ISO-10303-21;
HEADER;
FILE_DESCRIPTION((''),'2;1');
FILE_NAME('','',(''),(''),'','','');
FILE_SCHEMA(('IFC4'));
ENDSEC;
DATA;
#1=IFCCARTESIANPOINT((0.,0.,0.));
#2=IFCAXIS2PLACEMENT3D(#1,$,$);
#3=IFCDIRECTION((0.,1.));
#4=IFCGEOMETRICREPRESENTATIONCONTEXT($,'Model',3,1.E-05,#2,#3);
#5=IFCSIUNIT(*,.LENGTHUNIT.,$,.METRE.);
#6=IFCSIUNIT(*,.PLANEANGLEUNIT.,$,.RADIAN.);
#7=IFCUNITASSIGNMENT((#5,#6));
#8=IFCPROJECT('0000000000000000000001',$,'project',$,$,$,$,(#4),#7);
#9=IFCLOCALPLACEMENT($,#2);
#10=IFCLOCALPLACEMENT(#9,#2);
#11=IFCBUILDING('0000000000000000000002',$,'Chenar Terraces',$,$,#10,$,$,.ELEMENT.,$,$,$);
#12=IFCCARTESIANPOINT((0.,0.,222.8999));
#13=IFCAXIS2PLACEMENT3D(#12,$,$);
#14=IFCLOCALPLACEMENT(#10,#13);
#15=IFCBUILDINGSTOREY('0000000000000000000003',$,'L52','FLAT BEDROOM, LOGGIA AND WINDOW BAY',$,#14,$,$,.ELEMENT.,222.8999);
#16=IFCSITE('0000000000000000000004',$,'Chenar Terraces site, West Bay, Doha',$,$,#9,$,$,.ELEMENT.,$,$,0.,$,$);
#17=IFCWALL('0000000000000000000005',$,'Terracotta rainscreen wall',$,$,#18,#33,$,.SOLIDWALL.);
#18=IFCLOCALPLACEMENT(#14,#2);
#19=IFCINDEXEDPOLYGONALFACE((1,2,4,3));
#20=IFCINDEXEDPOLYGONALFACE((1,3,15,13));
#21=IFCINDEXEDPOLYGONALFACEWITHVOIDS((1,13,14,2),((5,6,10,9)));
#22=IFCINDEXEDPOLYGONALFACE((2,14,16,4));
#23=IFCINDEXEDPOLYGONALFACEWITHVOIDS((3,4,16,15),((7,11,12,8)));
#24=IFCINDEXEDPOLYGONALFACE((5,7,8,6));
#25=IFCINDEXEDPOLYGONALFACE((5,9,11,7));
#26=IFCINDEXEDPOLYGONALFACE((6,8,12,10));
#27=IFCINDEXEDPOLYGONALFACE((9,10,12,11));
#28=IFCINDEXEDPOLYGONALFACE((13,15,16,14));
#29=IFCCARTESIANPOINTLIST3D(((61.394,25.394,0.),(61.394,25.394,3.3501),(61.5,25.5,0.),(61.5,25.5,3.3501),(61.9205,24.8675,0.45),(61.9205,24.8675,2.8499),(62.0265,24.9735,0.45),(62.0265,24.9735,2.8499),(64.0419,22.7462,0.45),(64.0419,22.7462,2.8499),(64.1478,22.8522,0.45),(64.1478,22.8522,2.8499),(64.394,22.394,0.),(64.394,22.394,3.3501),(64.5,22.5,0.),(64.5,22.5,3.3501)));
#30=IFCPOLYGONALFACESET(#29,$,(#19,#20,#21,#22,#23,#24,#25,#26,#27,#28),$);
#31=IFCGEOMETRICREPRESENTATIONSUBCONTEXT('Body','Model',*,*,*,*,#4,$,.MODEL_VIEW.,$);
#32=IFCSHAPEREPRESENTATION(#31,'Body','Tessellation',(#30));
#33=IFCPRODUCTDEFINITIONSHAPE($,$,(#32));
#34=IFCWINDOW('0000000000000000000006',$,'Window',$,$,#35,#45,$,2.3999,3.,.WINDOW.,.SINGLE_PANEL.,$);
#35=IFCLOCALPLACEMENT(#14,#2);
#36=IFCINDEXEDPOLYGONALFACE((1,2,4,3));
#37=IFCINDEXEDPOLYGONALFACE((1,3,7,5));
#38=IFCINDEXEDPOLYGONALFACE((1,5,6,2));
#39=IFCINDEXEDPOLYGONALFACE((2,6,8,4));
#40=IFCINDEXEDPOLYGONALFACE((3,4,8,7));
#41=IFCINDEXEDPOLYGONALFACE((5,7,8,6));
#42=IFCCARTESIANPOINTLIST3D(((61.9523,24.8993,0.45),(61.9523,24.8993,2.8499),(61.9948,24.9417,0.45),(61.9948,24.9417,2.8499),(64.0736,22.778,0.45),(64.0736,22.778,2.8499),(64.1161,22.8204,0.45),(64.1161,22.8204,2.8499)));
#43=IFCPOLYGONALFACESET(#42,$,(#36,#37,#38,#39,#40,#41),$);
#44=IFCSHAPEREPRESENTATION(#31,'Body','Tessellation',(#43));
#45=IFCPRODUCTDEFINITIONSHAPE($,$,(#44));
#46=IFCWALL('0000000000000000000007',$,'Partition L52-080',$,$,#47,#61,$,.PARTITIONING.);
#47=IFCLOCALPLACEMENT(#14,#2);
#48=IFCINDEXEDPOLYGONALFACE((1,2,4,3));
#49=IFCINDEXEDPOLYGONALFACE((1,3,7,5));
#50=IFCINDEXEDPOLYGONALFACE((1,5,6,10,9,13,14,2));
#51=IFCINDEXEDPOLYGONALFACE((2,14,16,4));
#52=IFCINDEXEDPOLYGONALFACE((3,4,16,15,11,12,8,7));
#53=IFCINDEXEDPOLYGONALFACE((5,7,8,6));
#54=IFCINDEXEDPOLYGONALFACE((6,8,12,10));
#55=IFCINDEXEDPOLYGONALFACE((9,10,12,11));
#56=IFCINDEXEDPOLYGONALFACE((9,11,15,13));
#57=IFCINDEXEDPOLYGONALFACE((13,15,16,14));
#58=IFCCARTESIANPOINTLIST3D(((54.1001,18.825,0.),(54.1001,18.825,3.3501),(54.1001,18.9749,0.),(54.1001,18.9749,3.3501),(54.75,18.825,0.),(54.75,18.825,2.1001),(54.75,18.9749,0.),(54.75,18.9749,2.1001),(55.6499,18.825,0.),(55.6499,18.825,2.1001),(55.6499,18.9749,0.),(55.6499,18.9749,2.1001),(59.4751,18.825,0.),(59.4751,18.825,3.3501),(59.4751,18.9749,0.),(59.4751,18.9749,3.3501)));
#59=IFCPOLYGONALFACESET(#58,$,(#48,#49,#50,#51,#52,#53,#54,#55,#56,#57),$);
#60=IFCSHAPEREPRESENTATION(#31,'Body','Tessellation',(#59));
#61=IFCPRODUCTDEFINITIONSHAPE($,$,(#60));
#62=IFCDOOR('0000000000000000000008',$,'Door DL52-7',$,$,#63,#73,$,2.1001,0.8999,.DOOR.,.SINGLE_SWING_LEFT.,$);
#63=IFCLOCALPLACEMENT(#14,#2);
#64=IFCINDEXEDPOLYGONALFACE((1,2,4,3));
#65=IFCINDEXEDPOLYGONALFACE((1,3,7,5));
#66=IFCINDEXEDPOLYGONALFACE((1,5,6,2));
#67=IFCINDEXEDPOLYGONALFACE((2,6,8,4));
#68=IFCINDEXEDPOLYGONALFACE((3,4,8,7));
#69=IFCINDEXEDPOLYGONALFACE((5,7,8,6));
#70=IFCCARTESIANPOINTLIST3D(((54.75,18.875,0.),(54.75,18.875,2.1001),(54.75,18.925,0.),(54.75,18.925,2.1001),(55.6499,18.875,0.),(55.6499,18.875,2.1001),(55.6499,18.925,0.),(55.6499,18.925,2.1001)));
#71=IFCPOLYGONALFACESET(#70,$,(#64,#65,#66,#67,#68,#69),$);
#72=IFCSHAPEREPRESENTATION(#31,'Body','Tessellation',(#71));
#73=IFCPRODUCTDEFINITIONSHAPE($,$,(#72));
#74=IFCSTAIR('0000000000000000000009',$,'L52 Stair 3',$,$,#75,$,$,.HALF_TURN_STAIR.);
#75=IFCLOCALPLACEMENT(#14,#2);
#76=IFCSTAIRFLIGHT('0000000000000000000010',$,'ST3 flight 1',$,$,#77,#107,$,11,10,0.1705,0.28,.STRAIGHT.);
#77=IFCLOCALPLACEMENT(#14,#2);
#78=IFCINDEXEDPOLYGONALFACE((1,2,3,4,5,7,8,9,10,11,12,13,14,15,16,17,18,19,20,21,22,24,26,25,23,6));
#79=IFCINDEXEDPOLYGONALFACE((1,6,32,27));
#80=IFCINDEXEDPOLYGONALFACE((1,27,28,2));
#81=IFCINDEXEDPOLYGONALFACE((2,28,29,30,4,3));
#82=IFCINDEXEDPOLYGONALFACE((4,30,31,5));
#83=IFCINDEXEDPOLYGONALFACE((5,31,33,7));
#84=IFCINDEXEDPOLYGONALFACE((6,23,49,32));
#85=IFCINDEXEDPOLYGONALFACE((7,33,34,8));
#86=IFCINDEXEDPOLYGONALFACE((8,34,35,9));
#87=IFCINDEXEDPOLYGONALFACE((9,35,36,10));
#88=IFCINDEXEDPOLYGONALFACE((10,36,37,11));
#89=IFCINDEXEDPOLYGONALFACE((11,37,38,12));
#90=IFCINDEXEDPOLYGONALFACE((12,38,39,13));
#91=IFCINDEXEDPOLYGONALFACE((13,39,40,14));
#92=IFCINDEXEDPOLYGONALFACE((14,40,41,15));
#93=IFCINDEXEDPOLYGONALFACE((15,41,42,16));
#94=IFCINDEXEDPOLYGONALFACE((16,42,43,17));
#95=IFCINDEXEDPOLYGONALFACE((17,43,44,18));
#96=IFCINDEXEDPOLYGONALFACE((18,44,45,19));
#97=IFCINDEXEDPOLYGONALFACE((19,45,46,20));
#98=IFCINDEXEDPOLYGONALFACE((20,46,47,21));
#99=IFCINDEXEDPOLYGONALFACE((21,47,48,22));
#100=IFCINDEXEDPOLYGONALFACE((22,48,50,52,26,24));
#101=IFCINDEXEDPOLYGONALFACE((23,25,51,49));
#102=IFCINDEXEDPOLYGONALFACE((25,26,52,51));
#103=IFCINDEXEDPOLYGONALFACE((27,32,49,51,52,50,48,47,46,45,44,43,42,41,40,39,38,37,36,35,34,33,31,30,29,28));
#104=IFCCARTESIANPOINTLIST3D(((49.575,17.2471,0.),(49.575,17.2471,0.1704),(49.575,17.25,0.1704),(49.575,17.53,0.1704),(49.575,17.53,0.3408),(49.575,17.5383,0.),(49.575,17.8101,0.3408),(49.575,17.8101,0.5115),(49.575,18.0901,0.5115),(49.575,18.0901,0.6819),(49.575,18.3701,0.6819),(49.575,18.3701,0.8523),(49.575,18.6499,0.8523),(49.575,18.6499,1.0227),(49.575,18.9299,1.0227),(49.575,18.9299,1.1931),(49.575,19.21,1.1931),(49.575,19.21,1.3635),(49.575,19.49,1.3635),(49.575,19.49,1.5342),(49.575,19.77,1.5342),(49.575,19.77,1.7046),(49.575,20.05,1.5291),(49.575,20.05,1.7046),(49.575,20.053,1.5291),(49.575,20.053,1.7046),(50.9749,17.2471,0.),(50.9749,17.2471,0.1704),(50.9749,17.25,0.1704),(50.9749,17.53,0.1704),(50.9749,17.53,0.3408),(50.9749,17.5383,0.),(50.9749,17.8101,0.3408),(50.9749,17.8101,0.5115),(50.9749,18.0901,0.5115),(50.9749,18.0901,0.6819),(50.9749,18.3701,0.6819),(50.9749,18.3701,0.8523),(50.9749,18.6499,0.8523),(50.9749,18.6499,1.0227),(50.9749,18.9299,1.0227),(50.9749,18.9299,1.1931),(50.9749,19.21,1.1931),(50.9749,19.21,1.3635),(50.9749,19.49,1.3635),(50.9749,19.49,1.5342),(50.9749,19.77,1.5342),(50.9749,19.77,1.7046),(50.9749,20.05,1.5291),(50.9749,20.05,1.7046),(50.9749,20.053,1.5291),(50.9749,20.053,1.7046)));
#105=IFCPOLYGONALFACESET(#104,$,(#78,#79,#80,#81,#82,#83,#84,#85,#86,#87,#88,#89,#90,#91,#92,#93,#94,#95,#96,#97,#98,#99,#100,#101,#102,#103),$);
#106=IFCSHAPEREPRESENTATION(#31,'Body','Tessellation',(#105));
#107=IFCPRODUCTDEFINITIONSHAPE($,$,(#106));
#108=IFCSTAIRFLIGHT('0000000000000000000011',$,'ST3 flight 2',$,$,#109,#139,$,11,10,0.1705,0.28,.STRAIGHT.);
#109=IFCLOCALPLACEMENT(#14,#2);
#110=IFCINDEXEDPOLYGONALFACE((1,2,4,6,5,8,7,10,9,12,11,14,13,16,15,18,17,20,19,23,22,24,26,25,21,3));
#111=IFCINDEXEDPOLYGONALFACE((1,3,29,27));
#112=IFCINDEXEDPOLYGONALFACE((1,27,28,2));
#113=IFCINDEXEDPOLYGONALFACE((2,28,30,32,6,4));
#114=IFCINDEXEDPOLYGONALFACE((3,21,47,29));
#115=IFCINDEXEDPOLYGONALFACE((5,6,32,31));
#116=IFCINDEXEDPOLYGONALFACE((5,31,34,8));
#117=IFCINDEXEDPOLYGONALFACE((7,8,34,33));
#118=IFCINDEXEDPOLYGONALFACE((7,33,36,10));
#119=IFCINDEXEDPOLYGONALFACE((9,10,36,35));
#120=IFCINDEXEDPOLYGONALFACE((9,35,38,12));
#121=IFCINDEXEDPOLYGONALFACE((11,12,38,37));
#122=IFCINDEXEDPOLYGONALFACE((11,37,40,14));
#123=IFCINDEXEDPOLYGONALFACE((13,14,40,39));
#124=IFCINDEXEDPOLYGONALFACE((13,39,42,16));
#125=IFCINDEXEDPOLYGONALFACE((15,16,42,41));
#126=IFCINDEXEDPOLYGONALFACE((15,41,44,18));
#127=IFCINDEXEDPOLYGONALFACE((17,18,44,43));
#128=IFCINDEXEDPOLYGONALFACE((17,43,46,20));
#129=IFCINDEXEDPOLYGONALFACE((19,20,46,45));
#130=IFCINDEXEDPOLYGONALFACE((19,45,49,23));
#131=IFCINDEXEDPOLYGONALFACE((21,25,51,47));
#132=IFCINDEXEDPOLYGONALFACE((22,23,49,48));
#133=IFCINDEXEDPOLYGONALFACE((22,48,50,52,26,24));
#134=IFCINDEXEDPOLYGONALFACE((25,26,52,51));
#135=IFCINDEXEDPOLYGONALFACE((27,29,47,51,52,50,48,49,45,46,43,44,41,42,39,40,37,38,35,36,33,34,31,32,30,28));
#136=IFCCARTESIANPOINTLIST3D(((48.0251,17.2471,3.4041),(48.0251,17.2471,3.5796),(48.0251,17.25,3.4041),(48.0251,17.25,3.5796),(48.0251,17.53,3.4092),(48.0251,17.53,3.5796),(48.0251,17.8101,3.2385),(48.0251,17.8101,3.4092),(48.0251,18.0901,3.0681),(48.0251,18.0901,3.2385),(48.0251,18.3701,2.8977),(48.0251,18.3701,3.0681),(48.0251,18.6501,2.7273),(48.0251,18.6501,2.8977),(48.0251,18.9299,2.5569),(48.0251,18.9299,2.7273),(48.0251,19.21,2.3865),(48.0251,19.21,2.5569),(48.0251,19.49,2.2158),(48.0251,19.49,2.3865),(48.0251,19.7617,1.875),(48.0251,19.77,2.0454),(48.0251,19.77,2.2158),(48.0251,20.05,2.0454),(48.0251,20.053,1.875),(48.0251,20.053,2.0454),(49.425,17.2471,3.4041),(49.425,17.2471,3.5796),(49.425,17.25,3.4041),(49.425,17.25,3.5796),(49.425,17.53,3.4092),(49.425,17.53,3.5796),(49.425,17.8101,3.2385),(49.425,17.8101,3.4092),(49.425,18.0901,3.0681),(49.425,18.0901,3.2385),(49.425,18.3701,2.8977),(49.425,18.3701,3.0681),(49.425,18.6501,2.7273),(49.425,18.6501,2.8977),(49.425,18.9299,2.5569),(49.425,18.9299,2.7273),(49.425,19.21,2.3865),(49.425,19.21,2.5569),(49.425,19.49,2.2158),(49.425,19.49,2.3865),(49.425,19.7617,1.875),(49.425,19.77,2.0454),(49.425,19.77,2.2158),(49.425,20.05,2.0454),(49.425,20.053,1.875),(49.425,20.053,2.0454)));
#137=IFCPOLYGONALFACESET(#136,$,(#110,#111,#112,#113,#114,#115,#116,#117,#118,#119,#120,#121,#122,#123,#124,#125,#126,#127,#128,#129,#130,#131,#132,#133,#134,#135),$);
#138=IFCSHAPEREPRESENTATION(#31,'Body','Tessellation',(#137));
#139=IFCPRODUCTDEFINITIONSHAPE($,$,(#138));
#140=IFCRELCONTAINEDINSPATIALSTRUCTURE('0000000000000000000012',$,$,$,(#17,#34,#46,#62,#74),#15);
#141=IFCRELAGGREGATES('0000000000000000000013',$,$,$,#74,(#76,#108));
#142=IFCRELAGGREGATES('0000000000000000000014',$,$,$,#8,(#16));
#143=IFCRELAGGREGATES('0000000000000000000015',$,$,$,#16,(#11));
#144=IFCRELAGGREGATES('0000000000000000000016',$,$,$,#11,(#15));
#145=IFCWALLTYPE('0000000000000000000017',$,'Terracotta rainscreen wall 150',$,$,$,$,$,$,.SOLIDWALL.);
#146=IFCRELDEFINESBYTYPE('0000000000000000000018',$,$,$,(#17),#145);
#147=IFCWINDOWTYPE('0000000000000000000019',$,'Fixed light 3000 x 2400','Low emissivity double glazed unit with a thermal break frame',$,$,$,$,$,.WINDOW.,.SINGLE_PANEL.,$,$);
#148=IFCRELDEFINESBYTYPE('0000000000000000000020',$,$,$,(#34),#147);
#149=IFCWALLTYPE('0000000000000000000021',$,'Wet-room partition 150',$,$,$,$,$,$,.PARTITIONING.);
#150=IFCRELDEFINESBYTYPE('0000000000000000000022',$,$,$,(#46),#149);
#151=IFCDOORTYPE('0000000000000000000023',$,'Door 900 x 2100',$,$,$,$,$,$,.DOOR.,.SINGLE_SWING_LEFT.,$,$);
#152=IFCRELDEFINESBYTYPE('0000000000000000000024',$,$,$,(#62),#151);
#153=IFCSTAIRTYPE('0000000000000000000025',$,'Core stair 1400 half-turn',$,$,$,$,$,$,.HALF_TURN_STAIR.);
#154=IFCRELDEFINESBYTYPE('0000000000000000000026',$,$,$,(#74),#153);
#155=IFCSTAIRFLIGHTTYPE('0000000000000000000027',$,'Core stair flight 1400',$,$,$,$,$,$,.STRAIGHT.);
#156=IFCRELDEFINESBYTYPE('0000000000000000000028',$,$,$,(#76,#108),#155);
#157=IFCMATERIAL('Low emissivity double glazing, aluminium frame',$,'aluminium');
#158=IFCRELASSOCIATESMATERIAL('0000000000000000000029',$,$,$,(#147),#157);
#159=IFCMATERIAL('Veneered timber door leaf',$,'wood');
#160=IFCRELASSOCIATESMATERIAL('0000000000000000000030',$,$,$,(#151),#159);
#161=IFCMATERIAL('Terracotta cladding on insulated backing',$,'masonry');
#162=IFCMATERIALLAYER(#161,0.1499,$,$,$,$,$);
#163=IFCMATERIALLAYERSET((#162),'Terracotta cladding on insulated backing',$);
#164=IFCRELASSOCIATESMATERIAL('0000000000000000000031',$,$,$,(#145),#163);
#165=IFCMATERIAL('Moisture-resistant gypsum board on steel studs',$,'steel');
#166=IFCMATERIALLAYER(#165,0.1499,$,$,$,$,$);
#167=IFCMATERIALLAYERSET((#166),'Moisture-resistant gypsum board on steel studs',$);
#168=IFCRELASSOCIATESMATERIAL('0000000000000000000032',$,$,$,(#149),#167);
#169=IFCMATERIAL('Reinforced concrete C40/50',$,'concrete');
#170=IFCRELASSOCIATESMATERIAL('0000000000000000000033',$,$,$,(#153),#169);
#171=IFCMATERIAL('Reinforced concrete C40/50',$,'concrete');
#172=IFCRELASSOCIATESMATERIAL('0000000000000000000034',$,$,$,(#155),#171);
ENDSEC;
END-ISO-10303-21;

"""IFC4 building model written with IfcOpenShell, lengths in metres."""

from ifc_helpers import new_model, si_unit, direction, frame, frame_2d, origin, place, context, subcontext, project, spatial, polyline, rectangle, outline, extrude, material, layer, layer_set, type_object, element, fill, aggregate, save


model = new_model("IFC4")

# Units and contexts
model_context = context("Model", 3, precision=1e-05, world=origin(), true_north=direction((0.0, 1.0)))
body_context = subcontext(model_context, "Body", "Model", "MODEL_VIEW")
ifc_project = project(units=[si_unit("LENGTHUNIT", "METRE"), si_unit("PLANEANGLEUNIT", "RADIAN")], contexts=[model_context])

# Site, building, storey
site_placement = place(None, origin())
site = spatial("IfcSite", under=ifc_project, at=site_placement, Name="Chenar Terraces site, West Bay, Doha", CompositionType="ELEMENT", RefElevation=0.0)
building_placement = place(site_placement, origin())
building = spatial("IfcBuilding", under=site, at=building_placement, Name="Chenar Terraces", CompositionType="ELEMENT")
storey_placement = place(building_placement, frame((0.0, 0.0, 222.8999)))
storey = spatial("IfcBuildingStorey", under=building, at=storey_placement, Name="L52", Description="FLAT BEDROOM, LOGGIA AND WINDOW BAY", CompositionType="ELEMENT", Elevation=222.8999)

# Shared definitions
ifc_material_1 = material(Name="Low emissivity double glazing, aluminium frame", Category="aluminium")
window_type_1 = type_object("IfcWindowType", Name="Fixed light 3000 x 2400", Description="Low emissivity double glazed unit with a thermal break frame", PartitioningType="SINGLE_PANEL", PredefinedType="WINDOW", material=ifc_material_1)

# Shared definitions
ifc_material_2 = material(Name="Veneered timber door leaf", Category="wood")
door_type_1 = type_object("IfcDoorType", Name="Door 900 x 2100", OperationType="SINGLE_SWING_LEFT", PredefinedType="DOOR", material=ifc_material_2)

# Wall, opening, window
ifc_material_3 = material(Name="Terracotta cladding on insulated backing", Category="masonry")
ifc_layer_1 = layer(ifc_material_3, 0.1499)
ifc_layer_set_1 = layer_set([ifc_layer_1], Name="Terracotta cladding on insulated backing")
wall_type_1 = type_object("IfcWallType", Name="Terracotta rainscreen wall 150", PredefinedType="SOLIDWALL", material=ifc_layer_set_1)
wall_1_placement = place(storey_placement, frame((64.447, 22.447, 0.0), z_axis=(0.0, 0.0, 1.0), x_axis=(-0.707107, 0.707107, 0.0)))
wall_1 = element("IfcWall", 1, at=wall_1_placement, inside=storey, type_object=wall_type_1, Name="Terracotta rainscreen wall", PredefinedType="SOLIDWALL", context=body_context, shape_type="SweptSolid", body=[
    extrude(rectangle(XDim=4.2427, YDim=0.1499, at=frame_2d((2.1213, 0.0))), origin(), (0.0, 0.0, 1.0), 3.3501),
])
opening_1_placement = place(wall_1_placement, frame((0.498, 0.0, 0.45)))
opening_1 = element("IfcOpeningElement", 2, at=opening_1_placement, cuts=wall_1, PredefinedType="OPENING", context=body_context, shape_type="SweptSolid", body=[
    extrude(rectangle(XDim=3.0, YDim=2.3999, at=frame_2d((1.5, 1.2))), frame((0.0, 0.085, 0.0), z_axis=(0.0, -1.0, 0.0), x_axis=(1.0, 0.0, 0.0)), (0.0, 0.0, 1.0), 0.1699),
])
window_1_placement = place(opening_1_placement, origin())
window_1 = element("IfcWindow", 3, at=window_1_placement, inside=storey, type_object=window_type_1, Name="Window", OverallHeight=2.3999, OverallWidth=3.0, PartitioningType="SINGLE_PANEL", PredefinedType="WINDOW", context=body_context, shape_type="SweptSolid", body=[
    extrude(rectangle(XDim=3.0, YDim=2.3999, at=frame_2d((1.5, 1.2))), frame((0.0, 0.03, 0.0), z_axis=(0.0, -1.0, 0.0), x_axis=(1.0, 0.0, 0.0)), (0.0, 0.0, 1.0), 0.0601),
])
fill(opening_1, window_1)

# Wall, opening, door
ifc_material_4 = material(Name="Moisture-resistant gypsum board on steel studs", Category="steel")
ifc_layer_2 = layer(ifc_material_4, 0.1499)
ifc_layer_set_2 = layer_set([ifc_layer_2], Name="Moisture-resistant gypsum board on steel studs")
wall_type_2 = type_object("IfcWallType", Name="Wet-room partition 150", PredefinedType="PARTITIONING", material=ifc_layer_set_2)
wall_2_placement = place(storey_placement, frame((54.1001, 18.8999, 0.0), z_axis=(0.0, 0.0, 1.0), x_axis=(1.0, 0.0, 0.0)))
wall_2 = element("IfcWall", 4, at=wall_2_placement, inside=storey, type_object=wall_type_2, Name="Partition L52-080", PredefinedType="PARTITIONING", context=body_context, shape_type="SweptSolid", body=[
    extrude(rectangle(XDim=5.375, YDim=0.1499, at=frame_2d((2.6875, 0.0))), origin(), (0.0, 0.0, 1.0), 3.3501),
])
opening_2_placement = place(wall_2_placement, frame((0.6499, 0.0, 0.0)))
opening_2 = element("IfcOpeningElement", 5, at=opening_2_placement, cuts=wall_2, PredefinedType="OPENING", context=body_context, shape_type="SweptSolid", body=[
    extrude(rectangle(XDim=0.8999, YDim=2.1001, at=frame_2d((0.45, 1.05))), frame((0.0, 0.085, 0.0), z_axis=(0.0, -1.0, 0.0), x_axis=(1.0, 0.0, 0.0)), (0.0, 0.0, 1.0), 0.1699),
])
door_1_placement = place(opening_2_placement, frame((0.8999, 0.0, 0.0), z_axis=(0.0, 0.0, 1.0), x_axis=(-1.0, 0.0, 0.0)))
door_1 = element("IfcDoor", 6, at=door_1_placement, inside=storey, type_object=door_type_1, Name="Door DL52-7", OperationType="SINGLE_SWING_LEFT", OverallHeight=2.1001, OverallWidth=0.8999, PredefinedType="DOOR", context=body_context, shape_type="SweptSolid", body=[
    extrude(rectangle(XDim=0.8999, YDim=2.1001, at=frame_2d((0.45, 1.05))), frame((0.0, 0.0249, 0.0), z_axis=(0.0, -1.0, 0.0), x_axis=(1.0, 0.0, 0.0)), (0.0, 0.0, 1.0), 0.05),
])
fill(opening_2, door_1)

# Stair, stair flights
ifc_material_5 = material(Name="Reinforced concrete C40/50", Category="concrete")
stair_type = type_object("IfcStairType", Name="Core stair 1400 half-turn", PredefinedType="HALF_TURN_STAIR", material=ifc_material_5)
stair_placement = place(storey_placement, origin())
stair = element("IfcStair", 7, at=stair_placement, inside=storey, type_object=stair_type, Name="L52 Stair 3", PredefinedType="HALF_TURN_STAIR")
ifc_material_6 = material(Name="Reinforced concrete C40/50", Category="concrete")
stair_flight_type = type_object("IfcStairFlightType", Name="Core stair flight 1400", PredefinedType="STRAIGHT", material=ifc_material_6)
stair_flight_1_placement = place(storey_placement, frame((50.2749, 17.25, 0.0), z_axis=(0.0, 0.0, 1.0), x_axis=(0.0, 1.0, 0.0)))
stair_flight_1 = element("IfcStairFlight", 8, at=stair_flight_1_placement, type_object=stair_flight_type, Name="ST3 flight 1", NumberOfRisers=11, NumberOfTreads=10, PredefinedType="STRAIGHT", RiserHeight=0.1705, TreadLength=0.28, context=body_context, shape_type="SweptSolid", body=[
    extrude(outline(polyline([(-0.0029, 0.0), (-0.0029, 0.1704), (0.0, 0.1704), (0.28, 0.1704), (0.28, 0.3408), (0.5601, 0.3408), (0.5601, 0.5115), (0.8401, 0.5115), (0.8401, 0.6819), (1.1201, 0.6819), (1.1201, 0.8523), (1.3999, 0.8523), (1.3999, 1.0227), (1.6799, 1.0227), (1.6799, 1.1931), (1.96, 1.1931), (1.96, 1.3635), (2.24, 1.3635), (2.24, 1.5342), (2.52, 1.5342), (2.52, 1.7046), (2.8, 1.7046), (2.803, 1.7046), (2.803, 1.5291), (2.8, 1.5291), (0.2883, 0.0), (-0.0029, 0.0)])), frame((0.0, 0.7, 0.0), z_axis=(0.0, -1.0, 0.0), x_axis=(1.0, 0.0, 0.0)), (0.0, 0.0, 1.0), 1.3999),
])
stair_flight_2_placement = place(storey_placement, frame((48.7251, 20.05, 1.875), z_axis=(0.0, 0.0, 1.0), x_axis=(0.0, -1.0, 0.0)))
stair_flight_2 = element("IfcStairFlight", 9, at=stair_flight_2_placement, type_object=stair_flight_type, Name="ST3 flight 2", NumberOfRisers=11, NumberOfTreads=10, PredefinedType="STRAIGHT", RiserHeight=0.1705, TreadLength=0.28, context=body_context, shape_type="SweptSolid", body=[
    extrude(outline(polyline([(-0.0029, 0.0), (-0.0029, 0.1704), (0.0, 0.1704), (0.28, 0.1704), (0.28, 0.3408), (0.5601, 0.3408), (0.5601, 0.5115), (0.8401, 0.5115), (0.8401, 0.6819), (1.1201, 0.6819), (1.1201, 0.8523), (1.3999, 0.8523), (1.3999, 1.0227), (1.6799, 1.0227), (1.6799, 1.1931), (1.96, 1.1931), (1.96, 1.3635), (2.24, 1.3635), (2.24, 1.5342), (2.52, 1.5342), (2.52, 1.7046), (2.8, 1.7046), (2.803, 1.7046), (2.803, 1.5291), (2.8, 1.5291), (0.2883, 0.0), (-0.0029, 0.0)])), frame((0.0, 0.7, 0.0), z_axis=(0.0, -1.0, 0.0), x_axis=(1.0, 0.0, 0.0)), (0.0, 0.0, 1.0), 1.3999),
])
aggregate(stair, [stair_flight_1, stair_flight_2])

save(model, "model.ifc")
